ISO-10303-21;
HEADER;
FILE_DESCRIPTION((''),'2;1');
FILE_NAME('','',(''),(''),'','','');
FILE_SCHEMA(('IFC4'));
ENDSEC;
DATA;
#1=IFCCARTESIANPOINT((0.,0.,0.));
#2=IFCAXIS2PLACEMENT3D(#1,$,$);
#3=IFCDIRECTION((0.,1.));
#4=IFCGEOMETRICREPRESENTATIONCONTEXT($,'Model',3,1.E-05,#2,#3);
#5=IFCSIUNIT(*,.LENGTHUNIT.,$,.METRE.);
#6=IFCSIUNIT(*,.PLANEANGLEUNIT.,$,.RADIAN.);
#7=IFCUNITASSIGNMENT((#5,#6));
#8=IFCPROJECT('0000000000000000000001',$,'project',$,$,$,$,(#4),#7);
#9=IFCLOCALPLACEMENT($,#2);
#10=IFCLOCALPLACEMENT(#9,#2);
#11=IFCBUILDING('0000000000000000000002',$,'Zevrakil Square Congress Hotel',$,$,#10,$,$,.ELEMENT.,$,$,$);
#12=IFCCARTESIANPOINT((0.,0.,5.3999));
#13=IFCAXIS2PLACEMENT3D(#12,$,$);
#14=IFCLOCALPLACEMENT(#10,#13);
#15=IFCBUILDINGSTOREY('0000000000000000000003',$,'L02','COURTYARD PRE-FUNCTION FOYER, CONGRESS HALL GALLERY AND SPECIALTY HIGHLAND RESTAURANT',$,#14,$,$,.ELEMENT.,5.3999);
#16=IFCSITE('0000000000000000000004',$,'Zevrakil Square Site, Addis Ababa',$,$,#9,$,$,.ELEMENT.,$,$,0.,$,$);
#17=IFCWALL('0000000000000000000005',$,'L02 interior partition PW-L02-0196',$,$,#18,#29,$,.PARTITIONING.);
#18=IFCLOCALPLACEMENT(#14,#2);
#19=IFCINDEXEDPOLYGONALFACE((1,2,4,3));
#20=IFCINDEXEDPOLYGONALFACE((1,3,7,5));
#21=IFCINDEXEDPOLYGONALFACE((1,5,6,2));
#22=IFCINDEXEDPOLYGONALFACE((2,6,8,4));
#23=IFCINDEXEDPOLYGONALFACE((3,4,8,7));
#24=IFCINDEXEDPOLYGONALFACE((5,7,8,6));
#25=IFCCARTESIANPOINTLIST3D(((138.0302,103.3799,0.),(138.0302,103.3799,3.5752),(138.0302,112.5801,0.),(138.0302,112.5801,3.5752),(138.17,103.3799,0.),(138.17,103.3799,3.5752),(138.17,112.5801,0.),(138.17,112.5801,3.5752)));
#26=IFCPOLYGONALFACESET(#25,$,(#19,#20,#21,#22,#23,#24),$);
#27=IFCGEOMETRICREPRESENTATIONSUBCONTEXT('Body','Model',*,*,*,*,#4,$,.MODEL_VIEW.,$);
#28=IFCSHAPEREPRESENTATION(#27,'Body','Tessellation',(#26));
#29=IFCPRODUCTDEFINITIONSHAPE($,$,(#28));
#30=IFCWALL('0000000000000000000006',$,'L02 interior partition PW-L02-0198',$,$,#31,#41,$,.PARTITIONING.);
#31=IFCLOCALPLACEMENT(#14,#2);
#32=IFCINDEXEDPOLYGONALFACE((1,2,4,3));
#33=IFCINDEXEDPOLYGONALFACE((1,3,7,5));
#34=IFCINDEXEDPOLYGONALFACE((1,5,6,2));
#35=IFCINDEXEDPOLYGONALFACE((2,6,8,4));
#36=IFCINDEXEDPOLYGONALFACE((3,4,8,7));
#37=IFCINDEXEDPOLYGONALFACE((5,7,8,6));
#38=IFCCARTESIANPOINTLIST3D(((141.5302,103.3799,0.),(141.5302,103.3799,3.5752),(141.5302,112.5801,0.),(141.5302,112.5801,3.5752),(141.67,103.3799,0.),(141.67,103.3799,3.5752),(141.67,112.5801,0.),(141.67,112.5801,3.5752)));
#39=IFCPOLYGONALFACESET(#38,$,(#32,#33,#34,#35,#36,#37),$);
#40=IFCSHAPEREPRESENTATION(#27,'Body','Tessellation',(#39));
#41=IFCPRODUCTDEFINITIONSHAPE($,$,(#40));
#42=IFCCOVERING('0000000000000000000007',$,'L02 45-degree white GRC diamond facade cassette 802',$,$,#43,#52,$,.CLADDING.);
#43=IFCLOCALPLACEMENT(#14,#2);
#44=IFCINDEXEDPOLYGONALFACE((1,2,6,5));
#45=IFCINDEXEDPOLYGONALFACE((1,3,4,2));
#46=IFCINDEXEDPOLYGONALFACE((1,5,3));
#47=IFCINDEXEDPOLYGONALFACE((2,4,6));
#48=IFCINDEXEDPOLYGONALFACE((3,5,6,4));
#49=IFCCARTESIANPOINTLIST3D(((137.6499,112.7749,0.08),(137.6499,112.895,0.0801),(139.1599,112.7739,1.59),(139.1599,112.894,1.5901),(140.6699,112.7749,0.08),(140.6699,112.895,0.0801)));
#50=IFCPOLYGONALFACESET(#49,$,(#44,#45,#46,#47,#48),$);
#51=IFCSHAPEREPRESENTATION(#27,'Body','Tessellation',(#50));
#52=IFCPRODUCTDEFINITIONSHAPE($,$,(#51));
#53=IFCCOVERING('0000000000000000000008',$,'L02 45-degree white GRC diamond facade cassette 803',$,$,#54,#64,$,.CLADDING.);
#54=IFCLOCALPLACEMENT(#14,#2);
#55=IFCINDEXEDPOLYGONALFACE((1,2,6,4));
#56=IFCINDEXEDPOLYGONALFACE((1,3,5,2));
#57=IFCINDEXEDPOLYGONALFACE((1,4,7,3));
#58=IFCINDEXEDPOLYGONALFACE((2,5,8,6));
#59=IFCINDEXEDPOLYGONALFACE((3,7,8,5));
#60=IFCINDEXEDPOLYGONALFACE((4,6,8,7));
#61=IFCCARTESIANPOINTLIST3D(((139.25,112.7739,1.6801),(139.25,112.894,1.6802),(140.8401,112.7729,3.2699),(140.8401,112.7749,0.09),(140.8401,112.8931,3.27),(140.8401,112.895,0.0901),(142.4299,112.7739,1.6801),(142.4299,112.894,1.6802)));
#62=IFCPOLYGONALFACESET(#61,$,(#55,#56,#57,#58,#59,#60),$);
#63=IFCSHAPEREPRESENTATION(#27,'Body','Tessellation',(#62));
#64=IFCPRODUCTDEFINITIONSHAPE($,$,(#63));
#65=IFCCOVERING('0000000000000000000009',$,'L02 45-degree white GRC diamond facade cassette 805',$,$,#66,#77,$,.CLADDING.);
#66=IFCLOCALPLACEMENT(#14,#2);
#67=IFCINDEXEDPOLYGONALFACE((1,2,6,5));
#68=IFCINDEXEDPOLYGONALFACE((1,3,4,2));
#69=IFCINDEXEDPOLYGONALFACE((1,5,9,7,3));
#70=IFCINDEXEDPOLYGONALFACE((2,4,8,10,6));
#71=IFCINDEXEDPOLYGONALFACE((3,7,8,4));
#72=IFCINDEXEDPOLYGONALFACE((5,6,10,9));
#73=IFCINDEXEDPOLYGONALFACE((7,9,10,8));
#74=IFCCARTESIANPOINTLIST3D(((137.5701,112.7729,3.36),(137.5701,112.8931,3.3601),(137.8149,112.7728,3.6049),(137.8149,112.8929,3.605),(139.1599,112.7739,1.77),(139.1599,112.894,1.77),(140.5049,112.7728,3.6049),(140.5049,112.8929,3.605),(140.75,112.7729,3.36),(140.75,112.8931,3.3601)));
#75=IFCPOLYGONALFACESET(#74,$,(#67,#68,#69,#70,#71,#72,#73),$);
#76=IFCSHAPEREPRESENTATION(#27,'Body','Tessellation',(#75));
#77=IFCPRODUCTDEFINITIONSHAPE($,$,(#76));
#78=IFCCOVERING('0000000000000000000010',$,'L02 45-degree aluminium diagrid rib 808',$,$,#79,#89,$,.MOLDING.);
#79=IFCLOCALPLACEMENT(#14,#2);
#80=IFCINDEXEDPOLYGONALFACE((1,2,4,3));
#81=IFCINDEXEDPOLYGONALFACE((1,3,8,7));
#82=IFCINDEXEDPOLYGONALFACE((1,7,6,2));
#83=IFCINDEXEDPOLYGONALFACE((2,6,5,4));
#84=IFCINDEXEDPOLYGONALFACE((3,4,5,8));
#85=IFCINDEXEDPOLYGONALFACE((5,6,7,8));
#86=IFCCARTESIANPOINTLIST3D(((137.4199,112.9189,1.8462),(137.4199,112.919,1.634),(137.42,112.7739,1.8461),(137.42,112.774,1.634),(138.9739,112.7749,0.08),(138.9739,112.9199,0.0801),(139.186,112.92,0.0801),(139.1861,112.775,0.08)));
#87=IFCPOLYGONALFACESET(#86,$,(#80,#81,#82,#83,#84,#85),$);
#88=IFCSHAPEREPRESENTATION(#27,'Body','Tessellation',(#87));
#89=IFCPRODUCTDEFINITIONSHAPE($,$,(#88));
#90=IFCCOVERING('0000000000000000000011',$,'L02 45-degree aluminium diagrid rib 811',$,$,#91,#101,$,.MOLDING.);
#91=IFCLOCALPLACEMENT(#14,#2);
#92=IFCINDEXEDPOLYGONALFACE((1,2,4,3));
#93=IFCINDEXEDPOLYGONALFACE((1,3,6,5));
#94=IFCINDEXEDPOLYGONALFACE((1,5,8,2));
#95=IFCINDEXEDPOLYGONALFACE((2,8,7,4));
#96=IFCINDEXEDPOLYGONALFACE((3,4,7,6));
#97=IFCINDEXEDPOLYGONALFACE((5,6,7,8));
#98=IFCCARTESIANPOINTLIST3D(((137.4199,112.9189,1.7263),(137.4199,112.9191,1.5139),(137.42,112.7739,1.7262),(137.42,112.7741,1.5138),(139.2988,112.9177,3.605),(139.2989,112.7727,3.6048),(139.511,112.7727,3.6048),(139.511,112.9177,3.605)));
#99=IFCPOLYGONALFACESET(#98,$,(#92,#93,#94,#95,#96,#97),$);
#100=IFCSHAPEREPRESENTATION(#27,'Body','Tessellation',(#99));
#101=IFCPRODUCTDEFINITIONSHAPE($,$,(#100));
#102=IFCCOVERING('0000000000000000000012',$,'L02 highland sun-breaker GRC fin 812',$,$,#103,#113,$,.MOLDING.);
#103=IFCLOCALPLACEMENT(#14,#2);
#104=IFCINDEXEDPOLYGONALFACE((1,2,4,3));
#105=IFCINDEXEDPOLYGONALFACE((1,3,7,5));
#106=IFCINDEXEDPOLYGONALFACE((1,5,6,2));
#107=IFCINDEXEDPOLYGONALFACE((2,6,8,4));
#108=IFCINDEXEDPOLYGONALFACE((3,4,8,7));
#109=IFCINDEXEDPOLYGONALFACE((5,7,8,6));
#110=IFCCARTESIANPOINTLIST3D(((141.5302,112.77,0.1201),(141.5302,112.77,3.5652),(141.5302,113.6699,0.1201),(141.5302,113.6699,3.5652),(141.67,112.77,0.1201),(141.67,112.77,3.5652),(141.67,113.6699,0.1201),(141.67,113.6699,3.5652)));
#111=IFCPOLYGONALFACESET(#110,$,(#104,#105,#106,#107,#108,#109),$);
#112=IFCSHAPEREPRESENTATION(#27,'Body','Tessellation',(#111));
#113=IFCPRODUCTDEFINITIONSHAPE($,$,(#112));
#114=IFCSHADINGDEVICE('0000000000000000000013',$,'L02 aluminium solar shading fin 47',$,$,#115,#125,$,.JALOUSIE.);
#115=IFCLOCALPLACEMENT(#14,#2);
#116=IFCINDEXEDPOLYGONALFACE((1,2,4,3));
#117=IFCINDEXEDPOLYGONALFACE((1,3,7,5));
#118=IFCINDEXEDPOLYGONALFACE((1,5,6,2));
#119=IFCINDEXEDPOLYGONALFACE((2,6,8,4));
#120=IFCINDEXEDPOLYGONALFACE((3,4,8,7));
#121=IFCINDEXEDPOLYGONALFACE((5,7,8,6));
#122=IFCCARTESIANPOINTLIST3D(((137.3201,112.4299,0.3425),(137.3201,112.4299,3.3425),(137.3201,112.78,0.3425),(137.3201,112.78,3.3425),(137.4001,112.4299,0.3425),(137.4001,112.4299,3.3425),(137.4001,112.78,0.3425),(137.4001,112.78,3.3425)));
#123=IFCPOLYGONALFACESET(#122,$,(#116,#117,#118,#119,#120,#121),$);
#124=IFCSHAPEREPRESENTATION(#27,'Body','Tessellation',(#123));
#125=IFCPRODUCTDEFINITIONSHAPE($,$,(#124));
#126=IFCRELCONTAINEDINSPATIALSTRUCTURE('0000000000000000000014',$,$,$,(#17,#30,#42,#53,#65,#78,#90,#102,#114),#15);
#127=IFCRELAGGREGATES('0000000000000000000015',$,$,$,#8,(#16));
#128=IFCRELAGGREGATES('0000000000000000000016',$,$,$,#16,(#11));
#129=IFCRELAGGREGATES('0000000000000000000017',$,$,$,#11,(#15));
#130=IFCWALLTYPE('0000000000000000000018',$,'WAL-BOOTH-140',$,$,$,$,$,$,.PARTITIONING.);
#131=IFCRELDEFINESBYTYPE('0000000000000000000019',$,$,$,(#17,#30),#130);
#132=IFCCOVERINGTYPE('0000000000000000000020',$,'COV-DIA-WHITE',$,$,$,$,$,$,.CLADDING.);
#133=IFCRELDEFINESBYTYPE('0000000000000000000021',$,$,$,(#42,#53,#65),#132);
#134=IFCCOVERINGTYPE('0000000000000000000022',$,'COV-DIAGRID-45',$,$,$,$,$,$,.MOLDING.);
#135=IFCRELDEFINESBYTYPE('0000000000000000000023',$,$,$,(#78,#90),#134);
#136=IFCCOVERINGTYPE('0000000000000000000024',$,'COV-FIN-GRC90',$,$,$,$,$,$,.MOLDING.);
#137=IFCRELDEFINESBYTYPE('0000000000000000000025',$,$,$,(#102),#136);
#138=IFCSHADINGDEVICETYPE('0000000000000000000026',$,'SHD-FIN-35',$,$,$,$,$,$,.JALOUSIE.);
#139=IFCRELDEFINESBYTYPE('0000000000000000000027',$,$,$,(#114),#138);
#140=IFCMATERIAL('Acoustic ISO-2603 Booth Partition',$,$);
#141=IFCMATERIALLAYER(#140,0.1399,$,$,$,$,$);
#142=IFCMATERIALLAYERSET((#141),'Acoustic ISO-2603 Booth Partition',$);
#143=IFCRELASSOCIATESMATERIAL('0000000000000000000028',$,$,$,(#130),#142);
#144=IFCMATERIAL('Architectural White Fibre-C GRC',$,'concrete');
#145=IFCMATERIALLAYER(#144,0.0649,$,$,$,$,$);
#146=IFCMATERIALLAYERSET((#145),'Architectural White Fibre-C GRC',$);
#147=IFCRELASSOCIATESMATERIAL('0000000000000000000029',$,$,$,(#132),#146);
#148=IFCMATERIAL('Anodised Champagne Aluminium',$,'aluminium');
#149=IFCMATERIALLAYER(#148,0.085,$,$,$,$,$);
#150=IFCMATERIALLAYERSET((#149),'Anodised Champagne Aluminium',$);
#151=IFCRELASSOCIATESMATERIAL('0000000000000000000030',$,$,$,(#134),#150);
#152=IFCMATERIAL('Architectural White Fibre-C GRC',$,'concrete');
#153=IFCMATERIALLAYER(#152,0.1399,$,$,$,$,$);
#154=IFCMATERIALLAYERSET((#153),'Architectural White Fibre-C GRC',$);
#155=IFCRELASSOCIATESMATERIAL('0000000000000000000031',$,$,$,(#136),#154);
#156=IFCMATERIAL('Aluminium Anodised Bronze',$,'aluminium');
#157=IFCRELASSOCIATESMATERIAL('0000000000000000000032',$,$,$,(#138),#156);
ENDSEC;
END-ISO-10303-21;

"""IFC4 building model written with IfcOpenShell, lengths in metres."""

from ifc_helpers import new_model, si_unit, direction, frame, frame_2d, origin, origin_2d, place, context, subcontext, project, spatial, polyline, rectangle, outline, extrude, material, layer, layer_set, type_object, element, save


model = new_model("IFC4")

# Units and contexts
model_context = context("Model", 3, precision=1e-05, world=origin(), true_north=direction((0.0, 1.0)))
body_context = subcontext(model_context, "Body", "Model", "MODEL_VIEW")
ifc_project = project(units=[si_unit("LENGTHUNIT", "METRE"), si_unit("PLANEANGLEUNIT", "RADIAN")], contexts=[model_context])

# Site, building, storey
site_placement = place(None, origin())
site = spatial("IfcSite", under=ifc_project, at=site_placement, Name="Zevrakil Square Site, Addis Ababa", CompositionType="ELEMENT", RefElevation=0.0)
building_placement = place(site_placement, origin())
building = spatial("IfcBuilding", under=site, at=building_placement, Name="Zevrakil Square Congress Hotel", CompositionType="ELEMENT")
storey_placement = place(building_placement, frame((0.0, 0.0, 5.3999)))
storey = spatial("IfcBuildingStorey", under=building, at=storey_placement, Name="L02", Description="COURTYARD PRE-FUNCTION FOYER, CONGRESS HALL GALLERY AND SPECIALTY HIGHLAND RESTAURANT", CompositionType="ELEMENT", Elevation=5.3999)

# Shared definitions
ifc_material_1 = material(Name="Acoustic ISO-2603 Booth Partition")
ifc_layer_1 = layer(ifc_material_1, 0.1399)
ifc_layer_set_1 = layer_set([ifc_layer_1], Name="Acoustic ISO-2603 Booth Partition")
wall_type = type_object("IfcWallType", Name="WAL-BOOTH-140", PredefinedType="PARTITIONING", material=ifc_layer_set_1)

# Walls
for number, where, z_axis, x_axis, name in (
    (1, (138.1001, 103.3799, 0.0), (0.0, 0.0, 1.0), (0.0, 1.0, 0.0), "L02 interior partition PW-L02-0196"),
    (2, (141.6001, 103.3799, 0.0), (0.0, 0.0, 1.0), (0.0, 1.0, 0.0), "L02 interior partition PW-L02-0198"),
):
    element("IfcWall", number, at=place(storey_placement, frame(where, z_axis=z_axis, x_axis=x_axis)), inside=storey, type_object=wall_type, Name=name, PredefinedType="PARTITIONING", context=body_context, shape_type="SweptSolid", body=[
        extrude(rectangle(XDim=9.2002, YDim=0.1399, at=frame_2d((4.6001, 0.0))), origin(), (0.0, 0.0, 1.0), 3.5752),
    ])

# Coverings
ifc_material_2 = material(Name="Architectural White Fibre-C GRC", Category="concrete")
ifc_layer_2 = layer(ifc_material_2, 0.0649)
ifc_layer_set_2 = layer_set([ifc_layer_2], Name="Architectural White Fibre-C GRC")
covering_type_1 = type_object("IfcCoveringType", Name="COV-DIA-WHITE", PredefinedType="CLADDING", material=ifc_layer_set_2)
covering_1_placement = place(storey_placement, frame((139.1599, 112.894, 1.5901), z_axis=(0.0, 1.0, 0.000647), x_axis=(-0.707107, 0.000457, -0.707107)))
element("IfcCovering", 3, at=covering_1_placement, inside=storey, type_object=covering_type_1, Name="L02 45-degree white GRC diamond facade cassette 802", PredefinedType="CLADDING", context=body_context, shape_type="SweptSolid", body=[
    extrude(outline(polyline([(0.0, 0.0), (2.1355, 0.0), (0.0, -2.1355), (0.0, 0.0)])), origin(), (0.0, 0.0, -1.0), 0.1201),
])
covering_2_placement = place(storey_placement, frame((140.8401, 112.8931, 3.27), z_axis=(0.0, 1.0, 0.000614), x_axis=(-0.707161, 0.000434, -0.707052)))
element("IfcCovering", 4, at=covering_2_placement, inside=storey, type_object=covering_type_1, Name="L02 45-degree white GRC diamond facade cassette 803", PredefinedType="CLADDING", context=body_context, shape_type="SweptSolid", body=[
    extrude(outline(polyline([(0.0, 0.0), (2.2486, 0.0), (2.2484, -2.2487), (-0.0002, -2.2484), (0.0, 0.0)])), origin(), (0.0, 0.0, -1.0), 0.1201),
])
covering_3_placement = place(storey_placement, frame((137.5701, 112.8931, 3.3601), z_axis=(0.0, 1.0, 0.000579), x_axis=(0.707052, 0.00041, -0.707161)))
element("IfcCovering", 5, at=covering_3_placement, inside=storey, type_object=covering_type_1, Name="L02 45-degree white GRC diamond facade cassette 805", PredefinedType="CLADDING", context=body_context, shape_type="SweptSolid", body=[
    extrude(outline(polyline([(0.0, 0.0), (2.2486, 0.0), (2.2484, -2.2487), (1.9019, -2.2485), (0.0, -0.3463), (0.0, 0.0)])), origin(), (0.0, 0.0, -1.0), 0.1201),
])
ifc_material_3 = material(Name="Anodised Champagne Aluminium", Category="aluminium")
ifc_layer_3 = layer(ifc_material_3, 0.085)
ifc_layer_set_3 = layer_set([ifc_layer_3], Name="Anodised Champagne Aluminium")
covering_type_2 = type_object("IfcCoveringType", Name="COV-DIAGRID-45", PredefinedType="MOLDING", material=ifc_layer_set_3)
covering_4_placement = place(storey_placement, frame((138.9739, 112.9199, 0.0801), z_axis=(-0.000294, 1.0, 0.000294), x_axis=(1.0, 0.000294, 0.0)))
element("IfcCovering", 6, at=covering_4_placement, inside=storey, type_object=covering_type_2, Name="L02 45-degree aluminium diagrid rib 808", PredefinedType="MOLDING", context=body_context, shape_type="SweptSolid", body=[
    extrude(outline(polyline([(0.0, 0.0), (0.2122, 0.0), (-1.554, -1.7661), (-1.554, -1.554), (0.0, 0.0)])), origin(), (0.0, 0.0, -1.0), 0.145),
])
covering_5_placement = place(storey_placement, frame((139.511, 112.9177, 3.605), z_axis=(-0.000237, 1.0, 0.000913), x_axis=(-1.0, -0.000237, 0.0)))
element("IfcCovering", 7, at=covering_5_placement, inside=storey, type_object=covering_type_2, Name="L02 45-degree aluminium diagrid rib 811", PredefinedType="MOLDING", context=body_context, shape_type="SweptSolid", body=[
    extrude(outline(polyline([(0.0, 0.0), (0.2122, 0.0), (2.0911, -1.8787), (2.0911, -2.0911), (0.0, 0.0)])), origin(), (0.0, 0.0, -1.0), 0.145),
])
ifc_material_4 = material(Name="Architectural White Fibre-C GRC", Category="concrete")
ifc_layer_4 = layer(ifc_material_4, 0.1399)
ifc_layer_set_4 = layer_set([ifc_layer_4], Name="Architectural White Fibre-C GRC")
covering_type_3 = type_object("IfcCoveringType", Name="COV-FIN-GRC90", PredefinedType="MOLDING", material=ifc_layer_set_4)
covering_6_placement = place(storey_placement, frame((141.6001, 113.22, 0.1201), z_axis=(0.0, 0.0, 1.0), x_axis=(0.0, 1.0, 0.0)))
element("IfcCovering", 8, at=covering_6_placement, inside=storey, type_object=covering_type_3, Name="L02 highland sun-breaker GRC fin 812", PredefinedType="MOLDING", context=body_context, shape_type="SweptSolid", body=[
    extrude(rectangle(XDim=0.8999, YDim=0.1399, at=origin_2d()), origin(), (0.0, 0.0, 1.0), 3.4451),
])

# Shading device
ifc_material_5 = material(Name="Aluminium Anodised Bronze", Category="aluminium")
shading_device_type = type_object("IfcShadingDeviceType", Name="SHD-FIN-35", PredefinedType="JALOUSIE", material=ifc_material_5)
shading_device_placement = place(storey_placement, frame((137.3601, 112.605, 0.3425), z_axis=(0.0, 0.0, 1.0), x_axis=(0.0, -1.0, 0.0)))
element("IfcShadingDevice", 9, at=shading_device_placement, inside=storey, type_object=shading_device_type, Name="L02 aluminium solar shading fin 47", PredefinedType="JALOUSIE", context=body_context, shape_type="SweptSolid", body=[
    extrude(rectangle(XDim=0.3501, YDim=0.0801, at=origin_2d()), origin(), (0.0, 0.0, 1.0), 3.0),
])

save(model, "model.ifc")
